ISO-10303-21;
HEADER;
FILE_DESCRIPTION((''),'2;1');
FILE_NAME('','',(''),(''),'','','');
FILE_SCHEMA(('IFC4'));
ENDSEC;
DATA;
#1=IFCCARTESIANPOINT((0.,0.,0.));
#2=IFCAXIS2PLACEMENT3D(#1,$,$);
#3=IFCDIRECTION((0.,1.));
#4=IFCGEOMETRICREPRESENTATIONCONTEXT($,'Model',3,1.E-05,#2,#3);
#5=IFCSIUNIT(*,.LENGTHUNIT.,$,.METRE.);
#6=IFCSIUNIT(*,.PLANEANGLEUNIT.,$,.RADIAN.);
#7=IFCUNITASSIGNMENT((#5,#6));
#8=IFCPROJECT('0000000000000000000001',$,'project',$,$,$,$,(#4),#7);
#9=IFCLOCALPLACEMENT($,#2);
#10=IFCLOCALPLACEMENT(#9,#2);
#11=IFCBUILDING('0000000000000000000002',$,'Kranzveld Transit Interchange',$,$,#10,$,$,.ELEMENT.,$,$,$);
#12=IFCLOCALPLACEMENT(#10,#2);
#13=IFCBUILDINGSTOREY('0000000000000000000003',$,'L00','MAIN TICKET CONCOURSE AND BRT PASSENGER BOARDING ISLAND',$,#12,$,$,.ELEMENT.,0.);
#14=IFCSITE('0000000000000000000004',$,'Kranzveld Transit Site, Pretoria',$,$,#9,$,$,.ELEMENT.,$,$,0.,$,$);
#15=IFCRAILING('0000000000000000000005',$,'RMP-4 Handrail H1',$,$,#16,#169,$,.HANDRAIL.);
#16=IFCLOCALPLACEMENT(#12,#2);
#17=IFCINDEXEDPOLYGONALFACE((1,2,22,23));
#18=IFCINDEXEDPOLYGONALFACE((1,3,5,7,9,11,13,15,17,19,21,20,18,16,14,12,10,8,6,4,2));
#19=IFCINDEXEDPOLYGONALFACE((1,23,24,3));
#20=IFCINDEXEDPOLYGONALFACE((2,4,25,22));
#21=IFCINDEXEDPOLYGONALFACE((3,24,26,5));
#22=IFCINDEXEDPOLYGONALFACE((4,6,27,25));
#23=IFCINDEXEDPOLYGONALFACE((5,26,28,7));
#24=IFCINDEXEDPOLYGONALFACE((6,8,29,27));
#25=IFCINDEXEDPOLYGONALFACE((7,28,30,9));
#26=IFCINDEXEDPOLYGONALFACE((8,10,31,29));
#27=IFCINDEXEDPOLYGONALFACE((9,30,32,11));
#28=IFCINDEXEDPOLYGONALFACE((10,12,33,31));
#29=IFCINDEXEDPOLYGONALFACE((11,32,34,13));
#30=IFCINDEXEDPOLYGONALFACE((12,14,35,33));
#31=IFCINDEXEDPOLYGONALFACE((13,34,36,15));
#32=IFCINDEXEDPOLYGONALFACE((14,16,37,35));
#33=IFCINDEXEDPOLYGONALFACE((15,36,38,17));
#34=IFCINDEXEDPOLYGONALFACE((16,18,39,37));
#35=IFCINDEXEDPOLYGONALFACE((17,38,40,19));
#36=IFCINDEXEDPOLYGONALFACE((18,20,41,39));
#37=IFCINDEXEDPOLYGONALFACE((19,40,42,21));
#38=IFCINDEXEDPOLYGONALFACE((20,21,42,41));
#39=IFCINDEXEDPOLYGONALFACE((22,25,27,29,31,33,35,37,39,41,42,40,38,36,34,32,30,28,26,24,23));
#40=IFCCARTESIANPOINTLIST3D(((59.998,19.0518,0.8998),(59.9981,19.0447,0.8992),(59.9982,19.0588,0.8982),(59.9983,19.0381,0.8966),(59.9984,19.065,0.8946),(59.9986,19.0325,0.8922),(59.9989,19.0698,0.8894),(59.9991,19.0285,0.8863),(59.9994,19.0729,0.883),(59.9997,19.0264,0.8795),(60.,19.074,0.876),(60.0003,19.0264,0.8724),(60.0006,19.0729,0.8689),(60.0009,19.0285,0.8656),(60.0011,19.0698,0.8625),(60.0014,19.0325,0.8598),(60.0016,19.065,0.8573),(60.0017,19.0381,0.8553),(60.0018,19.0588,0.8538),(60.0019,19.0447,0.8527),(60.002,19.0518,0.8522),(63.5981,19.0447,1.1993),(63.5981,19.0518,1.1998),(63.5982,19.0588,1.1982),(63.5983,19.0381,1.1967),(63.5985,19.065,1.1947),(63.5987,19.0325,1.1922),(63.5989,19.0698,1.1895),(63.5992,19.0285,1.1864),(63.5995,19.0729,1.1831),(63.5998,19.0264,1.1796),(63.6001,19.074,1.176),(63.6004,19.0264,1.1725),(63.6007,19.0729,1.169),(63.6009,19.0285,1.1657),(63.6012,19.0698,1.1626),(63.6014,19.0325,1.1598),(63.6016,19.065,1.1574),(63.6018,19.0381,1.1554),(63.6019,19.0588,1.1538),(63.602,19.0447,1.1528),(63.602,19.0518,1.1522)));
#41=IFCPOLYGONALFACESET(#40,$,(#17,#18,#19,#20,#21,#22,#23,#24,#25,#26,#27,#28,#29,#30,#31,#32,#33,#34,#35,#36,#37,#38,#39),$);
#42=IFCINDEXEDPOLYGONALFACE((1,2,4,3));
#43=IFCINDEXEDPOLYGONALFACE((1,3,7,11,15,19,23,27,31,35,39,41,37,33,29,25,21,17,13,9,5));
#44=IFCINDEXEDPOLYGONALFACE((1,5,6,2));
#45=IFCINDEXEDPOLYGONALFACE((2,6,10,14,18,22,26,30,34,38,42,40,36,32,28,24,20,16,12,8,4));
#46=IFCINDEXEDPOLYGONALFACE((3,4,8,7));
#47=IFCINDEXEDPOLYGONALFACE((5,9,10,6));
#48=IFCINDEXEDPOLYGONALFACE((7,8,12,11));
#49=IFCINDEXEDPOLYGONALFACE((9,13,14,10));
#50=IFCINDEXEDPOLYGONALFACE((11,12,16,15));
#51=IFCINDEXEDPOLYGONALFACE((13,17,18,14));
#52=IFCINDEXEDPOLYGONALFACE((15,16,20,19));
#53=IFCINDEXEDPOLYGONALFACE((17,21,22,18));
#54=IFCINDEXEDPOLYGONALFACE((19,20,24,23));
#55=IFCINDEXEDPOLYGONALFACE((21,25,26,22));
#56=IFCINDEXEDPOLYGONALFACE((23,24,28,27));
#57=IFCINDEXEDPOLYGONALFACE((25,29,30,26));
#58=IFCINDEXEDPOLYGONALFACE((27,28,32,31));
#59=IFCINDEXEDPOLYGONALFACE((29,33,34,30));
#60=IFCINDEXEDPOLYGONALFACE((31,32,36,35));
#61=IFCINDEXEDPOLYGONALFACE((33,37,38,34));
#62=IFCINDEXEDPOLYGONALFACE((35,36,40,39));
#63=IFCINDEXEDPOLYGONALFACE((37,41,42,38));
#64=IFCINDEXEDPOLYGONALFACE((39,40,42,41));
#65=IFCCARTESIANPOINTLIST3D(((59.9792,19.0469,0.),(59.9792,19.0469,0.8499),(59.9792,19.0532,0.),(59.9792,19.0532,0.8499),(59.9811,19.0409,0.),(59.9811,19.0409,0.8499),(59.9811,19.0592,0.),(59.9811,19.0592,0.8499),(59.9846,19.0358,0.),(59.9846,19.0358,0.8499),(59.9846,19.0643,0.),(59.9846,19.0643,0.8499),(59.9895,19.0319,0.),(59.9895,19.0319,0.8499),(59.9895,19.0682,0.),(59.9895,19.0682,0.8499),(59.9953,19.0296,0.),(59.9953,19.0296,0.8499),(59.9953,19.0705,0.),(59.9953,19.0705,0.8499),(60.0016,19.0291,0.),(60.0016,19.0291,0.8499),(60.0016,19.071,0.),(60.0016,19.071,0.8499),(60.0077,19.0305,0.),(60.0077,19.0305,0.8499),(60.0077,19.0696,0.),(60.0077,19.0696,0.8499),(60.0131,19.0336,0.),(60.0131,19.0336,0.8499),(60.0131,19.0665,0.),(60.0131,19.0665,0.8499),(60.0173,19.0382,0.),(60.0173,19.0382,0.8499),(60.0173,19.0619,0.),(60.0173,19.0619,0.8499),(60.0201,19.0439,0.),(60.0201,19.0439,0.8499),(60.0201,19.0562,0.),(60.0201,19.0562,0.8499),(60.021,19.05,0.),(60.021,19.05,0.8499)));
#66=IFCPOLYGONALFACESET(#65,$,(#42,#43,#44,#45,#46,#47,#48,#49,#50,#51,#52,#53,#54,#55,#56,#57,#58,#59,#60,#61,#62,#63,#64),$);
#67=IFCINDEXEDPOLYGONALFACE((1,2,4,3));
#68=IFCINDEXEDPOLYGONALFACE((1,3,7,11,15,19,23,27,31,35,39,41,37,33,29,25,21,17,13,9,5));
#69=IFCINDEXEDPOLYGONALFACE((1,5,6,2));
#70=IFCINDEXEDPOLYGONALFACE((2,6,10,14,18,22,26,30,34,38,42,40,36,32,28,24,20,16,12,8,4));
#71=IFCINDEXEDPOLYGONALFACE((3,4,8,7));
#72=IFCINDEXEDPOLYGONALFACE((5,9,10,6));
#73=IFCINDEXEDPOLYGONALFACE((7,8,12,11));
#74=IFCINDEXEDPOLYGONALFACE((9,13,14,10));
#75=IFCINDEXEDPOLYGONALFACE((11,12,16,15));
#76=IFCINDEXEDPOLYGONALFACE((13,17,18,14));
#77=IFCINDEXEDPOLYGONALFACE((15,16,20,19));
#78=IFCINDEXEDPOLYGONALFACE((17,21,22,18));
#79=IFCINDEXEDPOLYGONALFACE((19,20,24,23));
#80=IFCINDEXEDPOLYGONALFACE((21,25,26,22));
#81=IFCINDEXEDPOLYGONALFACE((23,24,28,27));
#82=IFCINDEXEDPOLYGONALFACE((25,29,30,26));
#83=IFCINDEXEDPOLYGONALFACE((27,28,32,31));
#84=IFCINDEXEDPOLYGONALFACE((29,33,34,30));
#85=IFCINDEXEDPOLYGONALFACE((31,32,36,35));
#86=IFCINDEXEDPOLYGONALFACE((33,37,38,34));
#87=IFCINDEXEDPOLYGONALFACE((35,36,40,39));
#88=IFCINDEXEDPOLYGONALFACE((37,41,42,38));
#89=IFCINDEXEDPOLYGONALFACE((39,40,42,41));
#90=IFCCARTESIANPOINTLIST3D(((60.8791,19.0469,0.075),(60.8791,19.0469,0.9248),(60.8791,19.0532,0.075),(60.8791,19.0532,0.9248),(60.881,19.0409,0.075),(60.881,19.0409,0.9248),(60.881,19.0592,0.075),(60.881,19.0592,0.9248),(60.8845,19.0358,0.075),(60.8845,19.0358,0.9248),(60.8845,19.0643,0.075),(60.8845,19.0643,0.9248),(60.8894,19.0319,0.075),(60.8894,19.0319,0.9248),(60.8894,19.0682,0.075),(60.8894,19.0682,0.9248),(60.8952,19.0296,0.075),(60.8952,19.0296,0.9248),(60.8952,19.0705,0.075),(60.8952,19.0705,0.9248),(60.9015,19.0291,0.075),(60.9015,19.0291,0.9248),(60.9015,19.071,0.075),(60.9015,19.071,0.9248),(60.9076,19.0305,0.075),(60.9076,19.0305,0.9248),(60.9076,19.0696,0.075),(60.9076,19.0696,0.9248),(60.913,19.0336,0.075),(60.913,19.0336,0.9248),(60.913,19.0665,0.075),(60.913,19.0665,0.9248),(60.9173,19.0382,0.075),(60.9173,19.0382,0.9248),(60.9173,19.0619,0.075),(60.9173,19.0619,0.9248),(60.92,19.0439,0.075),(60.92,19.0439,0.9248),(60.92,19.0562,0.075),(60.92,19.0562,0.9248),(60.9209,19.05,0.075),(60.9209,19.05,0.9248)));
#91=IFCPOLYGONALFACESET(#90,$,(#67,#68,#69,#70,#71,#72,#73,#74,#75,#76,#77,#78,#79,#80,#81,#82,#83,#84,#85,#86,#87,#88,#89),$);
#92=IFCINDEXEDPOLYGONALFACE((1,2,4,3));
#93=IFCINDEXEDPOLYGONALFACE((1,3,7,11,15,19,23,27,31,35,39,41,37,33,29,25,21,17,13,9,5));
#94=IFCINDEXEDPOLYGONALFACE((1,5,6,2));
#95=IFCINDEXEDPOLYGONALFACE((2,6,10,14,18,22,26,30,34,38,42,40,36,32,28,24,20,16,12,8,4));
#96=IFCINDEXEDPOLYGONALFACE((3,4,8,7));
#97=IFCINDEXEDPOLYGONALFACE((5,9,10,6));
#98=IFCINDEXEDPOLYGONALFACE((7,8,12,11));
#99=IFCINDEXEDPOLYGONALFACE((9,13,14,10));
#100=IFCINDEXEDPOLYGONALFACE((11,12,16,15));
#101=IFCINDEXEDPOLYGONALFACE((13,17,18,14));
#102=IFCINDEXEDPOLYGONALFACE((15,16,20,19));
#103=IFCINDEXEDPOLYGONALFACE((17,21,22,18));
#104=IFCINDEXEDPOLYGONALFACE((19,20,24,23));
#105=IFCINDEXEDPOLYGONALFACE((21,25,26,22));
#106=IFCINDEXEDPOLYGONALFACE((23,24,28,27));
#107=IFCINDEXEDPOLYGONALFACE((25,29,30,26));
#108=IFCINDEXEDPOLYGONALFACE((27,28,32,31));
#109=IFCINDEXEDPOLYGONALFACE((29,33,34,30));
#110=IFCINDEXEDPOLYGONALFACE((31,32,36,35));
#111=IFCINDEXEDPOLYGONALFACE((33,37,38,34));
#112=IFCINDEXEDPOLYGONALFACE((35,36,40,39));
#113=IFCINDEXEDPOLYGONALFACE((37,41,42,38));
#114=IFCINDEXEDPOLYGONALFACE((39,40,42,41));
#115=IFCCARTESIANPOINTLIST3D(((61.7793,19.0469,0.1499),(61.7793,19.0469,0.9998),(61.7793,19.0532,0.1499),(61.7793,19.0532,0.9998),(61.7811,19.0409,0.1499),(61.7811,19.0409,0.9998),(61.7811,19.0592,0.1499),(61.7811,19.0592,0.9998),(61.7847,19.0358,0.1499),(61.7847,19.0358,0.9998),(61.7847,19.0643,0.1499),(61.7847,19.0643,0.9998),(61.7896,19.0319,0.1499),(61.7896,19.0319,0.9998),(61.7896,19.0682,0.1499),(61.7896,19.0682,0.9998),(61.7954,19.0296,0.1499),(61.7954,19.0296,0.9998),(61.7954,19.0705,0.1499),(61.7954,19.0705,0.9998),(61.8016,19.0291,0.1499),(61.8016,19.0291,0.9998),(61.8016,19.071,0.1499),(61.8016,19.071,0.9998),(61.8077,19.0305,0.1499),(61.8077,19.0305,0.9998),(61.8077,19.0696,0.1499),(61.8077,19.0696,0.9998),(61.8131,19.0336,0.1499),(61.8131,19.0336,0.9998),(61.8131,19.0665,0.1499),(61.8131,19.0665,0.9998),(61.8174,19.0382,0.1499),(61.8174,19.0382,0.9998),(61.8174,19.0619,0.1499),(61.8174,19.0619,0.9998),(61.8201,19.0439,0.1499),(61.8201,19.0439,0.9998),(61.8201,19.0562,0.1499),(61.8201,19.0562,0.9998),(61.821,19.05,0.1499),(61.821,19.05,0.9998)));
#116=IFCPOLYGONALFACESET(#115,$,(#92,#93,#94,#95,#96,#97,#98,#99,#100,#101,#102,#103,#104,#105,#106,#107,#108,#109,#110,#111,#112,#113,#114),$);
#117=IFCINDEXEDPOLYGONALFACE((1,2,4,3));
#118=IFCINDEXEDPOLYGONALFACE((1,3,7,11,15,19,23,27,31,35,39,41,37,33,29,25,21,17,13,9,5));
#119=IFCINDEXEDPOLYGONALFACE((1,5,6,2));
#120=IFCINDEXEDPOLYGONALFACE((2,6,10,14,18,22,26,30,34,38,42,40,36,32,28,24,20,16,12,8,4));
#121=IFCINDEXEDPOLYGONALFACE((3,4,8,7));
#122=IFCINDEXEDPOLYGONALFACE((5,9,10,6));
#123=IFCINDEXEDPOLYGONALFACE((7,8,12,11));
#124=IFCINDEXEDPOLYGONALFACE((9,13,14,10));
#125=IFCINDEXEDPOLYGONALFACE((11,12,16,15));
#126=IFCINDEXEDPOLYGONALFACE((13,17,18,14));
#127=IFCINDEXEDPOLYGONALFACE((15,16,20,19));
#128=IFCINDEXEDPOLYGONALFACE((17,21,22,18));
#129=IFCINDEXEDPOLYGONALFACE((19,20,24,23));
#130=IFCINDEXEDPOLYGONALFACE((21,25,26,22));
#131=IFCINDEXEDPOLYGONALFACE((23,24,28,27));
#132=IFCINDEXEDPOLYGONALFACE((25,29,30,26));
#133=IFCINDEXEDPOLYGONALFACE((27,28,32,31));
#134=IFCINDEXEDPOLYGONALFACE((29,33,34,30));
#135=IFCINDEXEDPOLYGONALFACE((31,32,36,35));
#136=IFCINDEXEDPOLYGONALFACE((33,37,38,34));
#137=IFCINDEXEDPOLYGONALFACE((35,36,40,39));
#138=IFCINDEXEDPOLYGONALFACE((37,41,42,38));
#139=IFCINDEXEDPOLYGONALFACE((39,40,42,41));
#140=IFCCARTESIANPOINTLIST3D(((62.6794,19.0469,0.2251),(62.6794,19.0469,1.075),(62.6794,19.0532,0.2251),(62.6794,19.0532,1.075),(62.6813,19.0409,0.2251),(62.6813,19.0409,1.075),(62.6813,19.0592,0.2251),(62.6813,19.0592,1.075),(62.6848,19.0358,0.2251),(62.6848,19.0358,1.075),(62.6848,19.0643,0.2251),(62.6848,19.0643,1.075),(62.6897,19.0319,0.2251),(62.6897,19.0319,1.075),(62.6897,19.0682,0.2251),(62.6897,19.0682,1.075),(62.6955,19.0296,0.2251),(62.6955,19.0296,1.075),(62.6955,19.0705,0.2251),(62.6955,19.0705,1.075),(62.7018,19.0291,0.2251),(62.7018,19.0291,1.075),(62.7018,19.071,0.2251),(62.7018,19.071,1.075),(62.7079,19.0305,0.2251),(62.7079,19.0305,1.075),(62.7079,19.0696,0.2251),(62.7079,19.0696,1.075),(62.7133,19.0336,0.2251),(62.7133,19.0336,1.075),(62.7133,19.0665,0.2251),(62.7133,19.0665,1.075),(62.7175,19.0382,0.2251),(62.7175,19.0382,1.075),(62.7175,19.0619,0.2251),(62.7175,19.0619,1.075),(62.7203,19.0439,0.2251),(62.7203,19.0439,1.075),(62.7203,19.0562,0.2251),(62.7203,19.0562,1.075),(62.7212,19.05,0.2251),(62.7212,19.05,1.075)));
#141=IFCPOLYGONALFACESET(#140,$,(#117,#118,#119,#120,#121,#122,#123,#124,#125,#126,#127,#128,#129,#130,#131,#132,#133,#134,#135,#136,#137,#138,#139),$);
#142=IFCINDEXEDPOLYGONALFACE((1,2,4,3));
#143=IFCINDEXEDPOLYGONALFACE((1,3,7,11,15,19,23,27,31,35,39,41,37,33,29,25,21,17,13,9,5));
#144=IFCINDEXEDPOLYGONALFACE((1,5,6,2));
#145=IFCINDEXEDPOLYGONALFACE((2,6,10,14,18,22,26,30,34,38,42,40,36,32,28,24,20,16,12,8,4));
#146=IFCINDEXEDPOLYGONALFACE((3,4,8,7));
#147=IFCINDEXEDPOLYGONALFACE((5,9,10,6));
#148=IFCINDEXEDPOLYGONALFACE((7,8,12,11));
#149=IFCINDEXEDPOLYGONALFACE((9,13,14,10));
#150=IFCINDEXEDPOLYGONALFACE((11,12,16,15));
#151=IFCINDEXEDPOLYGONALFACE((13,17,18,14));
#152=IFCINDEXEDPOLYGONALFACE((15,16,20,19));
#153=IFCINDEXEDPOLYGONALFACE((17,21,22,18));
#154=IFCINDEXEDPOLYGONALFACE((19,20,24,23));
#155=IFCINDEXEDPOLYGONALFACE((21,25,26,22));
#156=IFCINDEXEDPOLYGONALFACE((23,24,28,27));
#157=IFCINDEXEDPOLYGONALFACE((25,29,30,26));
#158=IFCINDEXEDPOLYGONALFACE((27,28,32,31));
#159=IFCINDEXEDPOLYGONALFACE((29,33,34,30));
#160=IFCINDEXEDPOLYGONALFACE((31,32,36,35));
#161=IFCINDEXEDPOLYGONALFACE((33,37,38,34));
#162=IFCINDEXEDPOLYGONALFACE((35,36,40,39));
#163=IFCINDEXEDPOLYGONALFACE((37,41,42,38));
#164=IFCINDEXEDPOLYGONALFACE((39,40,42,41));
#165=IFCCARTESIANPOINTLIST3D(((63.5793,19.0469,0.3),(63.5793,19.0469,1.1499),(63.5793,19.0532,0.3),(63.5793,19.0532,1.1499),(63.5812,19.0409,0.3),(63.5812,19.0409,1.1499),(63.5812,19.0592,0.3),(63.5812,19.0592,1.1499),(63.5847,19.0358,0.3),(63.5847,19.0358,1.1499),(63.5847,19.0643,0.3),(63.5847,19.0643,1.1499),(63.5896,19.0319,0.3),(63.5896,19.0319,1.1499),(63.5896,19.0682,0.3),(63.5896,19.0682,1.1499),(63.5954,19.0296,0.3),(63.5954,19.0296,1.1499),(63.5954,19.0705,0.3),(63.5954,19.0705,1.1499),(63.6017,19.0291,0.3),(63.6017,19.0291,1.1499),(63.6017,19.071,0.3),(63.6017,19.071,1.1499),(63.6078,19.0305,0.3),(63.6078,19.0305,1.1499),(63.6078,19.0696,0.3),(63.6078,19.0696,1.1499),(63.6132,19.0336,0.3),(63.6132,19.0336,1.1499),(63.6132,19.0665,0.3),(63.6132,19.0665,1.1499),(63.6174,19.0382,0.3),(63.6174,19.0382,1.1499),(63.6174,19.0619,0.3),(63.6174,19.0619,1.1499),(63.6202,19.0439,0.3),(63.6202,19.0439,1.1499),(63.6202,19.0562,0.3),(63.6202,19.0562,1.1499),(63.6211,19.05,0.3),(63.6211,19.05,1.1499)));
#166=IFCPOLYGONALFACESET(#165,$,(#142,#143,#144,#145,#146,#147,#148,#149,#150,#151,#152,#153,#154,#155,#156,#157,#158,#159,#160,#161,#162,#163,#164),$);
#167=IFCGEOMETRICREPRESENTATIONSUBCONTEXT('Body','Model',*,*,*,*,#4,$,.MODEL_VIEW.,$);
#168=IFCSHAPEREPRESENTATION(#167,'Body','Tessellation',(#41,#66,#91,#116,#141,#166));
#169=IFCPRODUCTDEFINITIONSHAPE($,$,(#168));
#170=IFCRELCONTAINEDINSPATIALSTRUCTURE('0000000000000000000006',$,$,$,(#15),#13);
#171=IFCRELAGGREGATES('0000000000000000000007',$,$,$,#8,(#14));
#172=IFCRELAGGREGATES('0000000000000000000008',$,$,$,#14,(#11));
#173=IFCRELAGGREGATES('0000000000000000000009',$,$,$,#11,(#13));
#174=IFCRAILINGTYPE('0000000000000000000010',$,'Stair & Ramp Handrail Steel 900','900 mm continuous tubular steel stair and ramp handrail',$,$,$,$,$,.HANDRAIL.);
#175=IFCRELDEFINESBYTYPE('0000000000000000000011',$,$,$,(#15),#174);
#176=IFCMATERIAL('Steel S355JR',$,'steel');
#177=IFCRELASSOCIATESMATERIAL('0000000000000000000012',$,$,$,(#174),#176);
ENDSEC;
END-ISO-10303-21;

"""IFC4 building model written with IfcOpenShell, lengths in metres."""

from ifc_helpers import new_model, si_unit, direction, frame, origin, origin_2d, place, context, subcontext, project, spatial, circle, extrude, material, type_object, element, save


model = new_model("IFC4")

# Units and contexts
model_context = context("Model", 3, precision=1e-05, world=origin(), true_north=direction((0.0, 1.0)))
body_context = subcontext(model_context, "Body", "Model", "MODEL_VIEW")
ifc_project = project(units=[si_unit("LENGTHUNIT", "METRE"), si_unit("PLANEANGLEUNIT", "RADIAN")], contexts=[model_context])

# Site, building, storey
site_placement = place(None, origin())
site = spatial("IfcSite", under=ifc_project, at=site_placement, Name="Kranzveld Transit Site, Pretoria", CompositionType="ELEMENT", RefElevation=0.0)
building_placement = place(site_placement, origin())
building = spatial("IfcBuilding", under=site, at=building_placement, Name="Kranzveld Transit Interchange", CompositionType="ELEMENT")
storey_placement = place(building_placement, origin())
storey = spatial("IfcBuildingStorey", under=building, at=storey_placement, Name="L00", Description="MAIN TICKET CONCOURSE AND BRT PASSENGER BOARDING ISLAND", CompositionType="ELEMENT", Elevation=0.0)

# Railing
ifc_material_1 = material(Name="Steel S355JR", Category="steel")
railing_type = type_object("IfcRailingType", Name="Stair & Ramp Handrail Steel 900", Description="900 mm continuous tubular steel stair and ramp handrail", PredefinedType="HANDRAIL", material=ifc_material_1)
for number, where, name in (
    (1, (60.0, 19.05, 0.0), "RMP-4 Handrail H1"),
):
    element("IfcRailing", number, at=place(storey_placement, frame(where)), inside=storey, type_object=railing_type, Name=name, PredefinedType="HANDRAIL", context=body_context, shape_type="SweptSolid", body=[
        extrude(circle(Radius=0.0239, at=origin_2d()), frame((0.0, 0.0, 0.876), z_axis=(0.996545, 0.0, 0.083057), x_axis=(0.0, 1.0, 0.0)), (0.0, 0.0, 1.0), 3.6125),
        extrude(circle(Radius=0.021, at=origin_2d()), origin(), (0.0, 0.0, 1.0), 0.8499),
        extrude(circle(Radius=0.021, at=origin_2d()), frame((0.8999, 0.0, 0.075)), (0.0, 0.0, 1.0), 0.8499),
        extrude(circle(Radius=0.021, at=origin_2d()), frame((1.8, 0.0, 0.1499)), (0.0, 0.0, 1.0), 0.8499),
        extrude(circle(Radius=0.021, at=origin_2d()), frame((2.7002, 0.0, 0.2251)), (0.0, 0.0, 1.0), 0.8499),
        extrude(circle(Radius=0.021, at=origin_2d()), frame((3.6001, 0.0, 0.3)), (0.0, 0.0, 1.0), 0.8499),
    ])

save(model, "model.ifc")
